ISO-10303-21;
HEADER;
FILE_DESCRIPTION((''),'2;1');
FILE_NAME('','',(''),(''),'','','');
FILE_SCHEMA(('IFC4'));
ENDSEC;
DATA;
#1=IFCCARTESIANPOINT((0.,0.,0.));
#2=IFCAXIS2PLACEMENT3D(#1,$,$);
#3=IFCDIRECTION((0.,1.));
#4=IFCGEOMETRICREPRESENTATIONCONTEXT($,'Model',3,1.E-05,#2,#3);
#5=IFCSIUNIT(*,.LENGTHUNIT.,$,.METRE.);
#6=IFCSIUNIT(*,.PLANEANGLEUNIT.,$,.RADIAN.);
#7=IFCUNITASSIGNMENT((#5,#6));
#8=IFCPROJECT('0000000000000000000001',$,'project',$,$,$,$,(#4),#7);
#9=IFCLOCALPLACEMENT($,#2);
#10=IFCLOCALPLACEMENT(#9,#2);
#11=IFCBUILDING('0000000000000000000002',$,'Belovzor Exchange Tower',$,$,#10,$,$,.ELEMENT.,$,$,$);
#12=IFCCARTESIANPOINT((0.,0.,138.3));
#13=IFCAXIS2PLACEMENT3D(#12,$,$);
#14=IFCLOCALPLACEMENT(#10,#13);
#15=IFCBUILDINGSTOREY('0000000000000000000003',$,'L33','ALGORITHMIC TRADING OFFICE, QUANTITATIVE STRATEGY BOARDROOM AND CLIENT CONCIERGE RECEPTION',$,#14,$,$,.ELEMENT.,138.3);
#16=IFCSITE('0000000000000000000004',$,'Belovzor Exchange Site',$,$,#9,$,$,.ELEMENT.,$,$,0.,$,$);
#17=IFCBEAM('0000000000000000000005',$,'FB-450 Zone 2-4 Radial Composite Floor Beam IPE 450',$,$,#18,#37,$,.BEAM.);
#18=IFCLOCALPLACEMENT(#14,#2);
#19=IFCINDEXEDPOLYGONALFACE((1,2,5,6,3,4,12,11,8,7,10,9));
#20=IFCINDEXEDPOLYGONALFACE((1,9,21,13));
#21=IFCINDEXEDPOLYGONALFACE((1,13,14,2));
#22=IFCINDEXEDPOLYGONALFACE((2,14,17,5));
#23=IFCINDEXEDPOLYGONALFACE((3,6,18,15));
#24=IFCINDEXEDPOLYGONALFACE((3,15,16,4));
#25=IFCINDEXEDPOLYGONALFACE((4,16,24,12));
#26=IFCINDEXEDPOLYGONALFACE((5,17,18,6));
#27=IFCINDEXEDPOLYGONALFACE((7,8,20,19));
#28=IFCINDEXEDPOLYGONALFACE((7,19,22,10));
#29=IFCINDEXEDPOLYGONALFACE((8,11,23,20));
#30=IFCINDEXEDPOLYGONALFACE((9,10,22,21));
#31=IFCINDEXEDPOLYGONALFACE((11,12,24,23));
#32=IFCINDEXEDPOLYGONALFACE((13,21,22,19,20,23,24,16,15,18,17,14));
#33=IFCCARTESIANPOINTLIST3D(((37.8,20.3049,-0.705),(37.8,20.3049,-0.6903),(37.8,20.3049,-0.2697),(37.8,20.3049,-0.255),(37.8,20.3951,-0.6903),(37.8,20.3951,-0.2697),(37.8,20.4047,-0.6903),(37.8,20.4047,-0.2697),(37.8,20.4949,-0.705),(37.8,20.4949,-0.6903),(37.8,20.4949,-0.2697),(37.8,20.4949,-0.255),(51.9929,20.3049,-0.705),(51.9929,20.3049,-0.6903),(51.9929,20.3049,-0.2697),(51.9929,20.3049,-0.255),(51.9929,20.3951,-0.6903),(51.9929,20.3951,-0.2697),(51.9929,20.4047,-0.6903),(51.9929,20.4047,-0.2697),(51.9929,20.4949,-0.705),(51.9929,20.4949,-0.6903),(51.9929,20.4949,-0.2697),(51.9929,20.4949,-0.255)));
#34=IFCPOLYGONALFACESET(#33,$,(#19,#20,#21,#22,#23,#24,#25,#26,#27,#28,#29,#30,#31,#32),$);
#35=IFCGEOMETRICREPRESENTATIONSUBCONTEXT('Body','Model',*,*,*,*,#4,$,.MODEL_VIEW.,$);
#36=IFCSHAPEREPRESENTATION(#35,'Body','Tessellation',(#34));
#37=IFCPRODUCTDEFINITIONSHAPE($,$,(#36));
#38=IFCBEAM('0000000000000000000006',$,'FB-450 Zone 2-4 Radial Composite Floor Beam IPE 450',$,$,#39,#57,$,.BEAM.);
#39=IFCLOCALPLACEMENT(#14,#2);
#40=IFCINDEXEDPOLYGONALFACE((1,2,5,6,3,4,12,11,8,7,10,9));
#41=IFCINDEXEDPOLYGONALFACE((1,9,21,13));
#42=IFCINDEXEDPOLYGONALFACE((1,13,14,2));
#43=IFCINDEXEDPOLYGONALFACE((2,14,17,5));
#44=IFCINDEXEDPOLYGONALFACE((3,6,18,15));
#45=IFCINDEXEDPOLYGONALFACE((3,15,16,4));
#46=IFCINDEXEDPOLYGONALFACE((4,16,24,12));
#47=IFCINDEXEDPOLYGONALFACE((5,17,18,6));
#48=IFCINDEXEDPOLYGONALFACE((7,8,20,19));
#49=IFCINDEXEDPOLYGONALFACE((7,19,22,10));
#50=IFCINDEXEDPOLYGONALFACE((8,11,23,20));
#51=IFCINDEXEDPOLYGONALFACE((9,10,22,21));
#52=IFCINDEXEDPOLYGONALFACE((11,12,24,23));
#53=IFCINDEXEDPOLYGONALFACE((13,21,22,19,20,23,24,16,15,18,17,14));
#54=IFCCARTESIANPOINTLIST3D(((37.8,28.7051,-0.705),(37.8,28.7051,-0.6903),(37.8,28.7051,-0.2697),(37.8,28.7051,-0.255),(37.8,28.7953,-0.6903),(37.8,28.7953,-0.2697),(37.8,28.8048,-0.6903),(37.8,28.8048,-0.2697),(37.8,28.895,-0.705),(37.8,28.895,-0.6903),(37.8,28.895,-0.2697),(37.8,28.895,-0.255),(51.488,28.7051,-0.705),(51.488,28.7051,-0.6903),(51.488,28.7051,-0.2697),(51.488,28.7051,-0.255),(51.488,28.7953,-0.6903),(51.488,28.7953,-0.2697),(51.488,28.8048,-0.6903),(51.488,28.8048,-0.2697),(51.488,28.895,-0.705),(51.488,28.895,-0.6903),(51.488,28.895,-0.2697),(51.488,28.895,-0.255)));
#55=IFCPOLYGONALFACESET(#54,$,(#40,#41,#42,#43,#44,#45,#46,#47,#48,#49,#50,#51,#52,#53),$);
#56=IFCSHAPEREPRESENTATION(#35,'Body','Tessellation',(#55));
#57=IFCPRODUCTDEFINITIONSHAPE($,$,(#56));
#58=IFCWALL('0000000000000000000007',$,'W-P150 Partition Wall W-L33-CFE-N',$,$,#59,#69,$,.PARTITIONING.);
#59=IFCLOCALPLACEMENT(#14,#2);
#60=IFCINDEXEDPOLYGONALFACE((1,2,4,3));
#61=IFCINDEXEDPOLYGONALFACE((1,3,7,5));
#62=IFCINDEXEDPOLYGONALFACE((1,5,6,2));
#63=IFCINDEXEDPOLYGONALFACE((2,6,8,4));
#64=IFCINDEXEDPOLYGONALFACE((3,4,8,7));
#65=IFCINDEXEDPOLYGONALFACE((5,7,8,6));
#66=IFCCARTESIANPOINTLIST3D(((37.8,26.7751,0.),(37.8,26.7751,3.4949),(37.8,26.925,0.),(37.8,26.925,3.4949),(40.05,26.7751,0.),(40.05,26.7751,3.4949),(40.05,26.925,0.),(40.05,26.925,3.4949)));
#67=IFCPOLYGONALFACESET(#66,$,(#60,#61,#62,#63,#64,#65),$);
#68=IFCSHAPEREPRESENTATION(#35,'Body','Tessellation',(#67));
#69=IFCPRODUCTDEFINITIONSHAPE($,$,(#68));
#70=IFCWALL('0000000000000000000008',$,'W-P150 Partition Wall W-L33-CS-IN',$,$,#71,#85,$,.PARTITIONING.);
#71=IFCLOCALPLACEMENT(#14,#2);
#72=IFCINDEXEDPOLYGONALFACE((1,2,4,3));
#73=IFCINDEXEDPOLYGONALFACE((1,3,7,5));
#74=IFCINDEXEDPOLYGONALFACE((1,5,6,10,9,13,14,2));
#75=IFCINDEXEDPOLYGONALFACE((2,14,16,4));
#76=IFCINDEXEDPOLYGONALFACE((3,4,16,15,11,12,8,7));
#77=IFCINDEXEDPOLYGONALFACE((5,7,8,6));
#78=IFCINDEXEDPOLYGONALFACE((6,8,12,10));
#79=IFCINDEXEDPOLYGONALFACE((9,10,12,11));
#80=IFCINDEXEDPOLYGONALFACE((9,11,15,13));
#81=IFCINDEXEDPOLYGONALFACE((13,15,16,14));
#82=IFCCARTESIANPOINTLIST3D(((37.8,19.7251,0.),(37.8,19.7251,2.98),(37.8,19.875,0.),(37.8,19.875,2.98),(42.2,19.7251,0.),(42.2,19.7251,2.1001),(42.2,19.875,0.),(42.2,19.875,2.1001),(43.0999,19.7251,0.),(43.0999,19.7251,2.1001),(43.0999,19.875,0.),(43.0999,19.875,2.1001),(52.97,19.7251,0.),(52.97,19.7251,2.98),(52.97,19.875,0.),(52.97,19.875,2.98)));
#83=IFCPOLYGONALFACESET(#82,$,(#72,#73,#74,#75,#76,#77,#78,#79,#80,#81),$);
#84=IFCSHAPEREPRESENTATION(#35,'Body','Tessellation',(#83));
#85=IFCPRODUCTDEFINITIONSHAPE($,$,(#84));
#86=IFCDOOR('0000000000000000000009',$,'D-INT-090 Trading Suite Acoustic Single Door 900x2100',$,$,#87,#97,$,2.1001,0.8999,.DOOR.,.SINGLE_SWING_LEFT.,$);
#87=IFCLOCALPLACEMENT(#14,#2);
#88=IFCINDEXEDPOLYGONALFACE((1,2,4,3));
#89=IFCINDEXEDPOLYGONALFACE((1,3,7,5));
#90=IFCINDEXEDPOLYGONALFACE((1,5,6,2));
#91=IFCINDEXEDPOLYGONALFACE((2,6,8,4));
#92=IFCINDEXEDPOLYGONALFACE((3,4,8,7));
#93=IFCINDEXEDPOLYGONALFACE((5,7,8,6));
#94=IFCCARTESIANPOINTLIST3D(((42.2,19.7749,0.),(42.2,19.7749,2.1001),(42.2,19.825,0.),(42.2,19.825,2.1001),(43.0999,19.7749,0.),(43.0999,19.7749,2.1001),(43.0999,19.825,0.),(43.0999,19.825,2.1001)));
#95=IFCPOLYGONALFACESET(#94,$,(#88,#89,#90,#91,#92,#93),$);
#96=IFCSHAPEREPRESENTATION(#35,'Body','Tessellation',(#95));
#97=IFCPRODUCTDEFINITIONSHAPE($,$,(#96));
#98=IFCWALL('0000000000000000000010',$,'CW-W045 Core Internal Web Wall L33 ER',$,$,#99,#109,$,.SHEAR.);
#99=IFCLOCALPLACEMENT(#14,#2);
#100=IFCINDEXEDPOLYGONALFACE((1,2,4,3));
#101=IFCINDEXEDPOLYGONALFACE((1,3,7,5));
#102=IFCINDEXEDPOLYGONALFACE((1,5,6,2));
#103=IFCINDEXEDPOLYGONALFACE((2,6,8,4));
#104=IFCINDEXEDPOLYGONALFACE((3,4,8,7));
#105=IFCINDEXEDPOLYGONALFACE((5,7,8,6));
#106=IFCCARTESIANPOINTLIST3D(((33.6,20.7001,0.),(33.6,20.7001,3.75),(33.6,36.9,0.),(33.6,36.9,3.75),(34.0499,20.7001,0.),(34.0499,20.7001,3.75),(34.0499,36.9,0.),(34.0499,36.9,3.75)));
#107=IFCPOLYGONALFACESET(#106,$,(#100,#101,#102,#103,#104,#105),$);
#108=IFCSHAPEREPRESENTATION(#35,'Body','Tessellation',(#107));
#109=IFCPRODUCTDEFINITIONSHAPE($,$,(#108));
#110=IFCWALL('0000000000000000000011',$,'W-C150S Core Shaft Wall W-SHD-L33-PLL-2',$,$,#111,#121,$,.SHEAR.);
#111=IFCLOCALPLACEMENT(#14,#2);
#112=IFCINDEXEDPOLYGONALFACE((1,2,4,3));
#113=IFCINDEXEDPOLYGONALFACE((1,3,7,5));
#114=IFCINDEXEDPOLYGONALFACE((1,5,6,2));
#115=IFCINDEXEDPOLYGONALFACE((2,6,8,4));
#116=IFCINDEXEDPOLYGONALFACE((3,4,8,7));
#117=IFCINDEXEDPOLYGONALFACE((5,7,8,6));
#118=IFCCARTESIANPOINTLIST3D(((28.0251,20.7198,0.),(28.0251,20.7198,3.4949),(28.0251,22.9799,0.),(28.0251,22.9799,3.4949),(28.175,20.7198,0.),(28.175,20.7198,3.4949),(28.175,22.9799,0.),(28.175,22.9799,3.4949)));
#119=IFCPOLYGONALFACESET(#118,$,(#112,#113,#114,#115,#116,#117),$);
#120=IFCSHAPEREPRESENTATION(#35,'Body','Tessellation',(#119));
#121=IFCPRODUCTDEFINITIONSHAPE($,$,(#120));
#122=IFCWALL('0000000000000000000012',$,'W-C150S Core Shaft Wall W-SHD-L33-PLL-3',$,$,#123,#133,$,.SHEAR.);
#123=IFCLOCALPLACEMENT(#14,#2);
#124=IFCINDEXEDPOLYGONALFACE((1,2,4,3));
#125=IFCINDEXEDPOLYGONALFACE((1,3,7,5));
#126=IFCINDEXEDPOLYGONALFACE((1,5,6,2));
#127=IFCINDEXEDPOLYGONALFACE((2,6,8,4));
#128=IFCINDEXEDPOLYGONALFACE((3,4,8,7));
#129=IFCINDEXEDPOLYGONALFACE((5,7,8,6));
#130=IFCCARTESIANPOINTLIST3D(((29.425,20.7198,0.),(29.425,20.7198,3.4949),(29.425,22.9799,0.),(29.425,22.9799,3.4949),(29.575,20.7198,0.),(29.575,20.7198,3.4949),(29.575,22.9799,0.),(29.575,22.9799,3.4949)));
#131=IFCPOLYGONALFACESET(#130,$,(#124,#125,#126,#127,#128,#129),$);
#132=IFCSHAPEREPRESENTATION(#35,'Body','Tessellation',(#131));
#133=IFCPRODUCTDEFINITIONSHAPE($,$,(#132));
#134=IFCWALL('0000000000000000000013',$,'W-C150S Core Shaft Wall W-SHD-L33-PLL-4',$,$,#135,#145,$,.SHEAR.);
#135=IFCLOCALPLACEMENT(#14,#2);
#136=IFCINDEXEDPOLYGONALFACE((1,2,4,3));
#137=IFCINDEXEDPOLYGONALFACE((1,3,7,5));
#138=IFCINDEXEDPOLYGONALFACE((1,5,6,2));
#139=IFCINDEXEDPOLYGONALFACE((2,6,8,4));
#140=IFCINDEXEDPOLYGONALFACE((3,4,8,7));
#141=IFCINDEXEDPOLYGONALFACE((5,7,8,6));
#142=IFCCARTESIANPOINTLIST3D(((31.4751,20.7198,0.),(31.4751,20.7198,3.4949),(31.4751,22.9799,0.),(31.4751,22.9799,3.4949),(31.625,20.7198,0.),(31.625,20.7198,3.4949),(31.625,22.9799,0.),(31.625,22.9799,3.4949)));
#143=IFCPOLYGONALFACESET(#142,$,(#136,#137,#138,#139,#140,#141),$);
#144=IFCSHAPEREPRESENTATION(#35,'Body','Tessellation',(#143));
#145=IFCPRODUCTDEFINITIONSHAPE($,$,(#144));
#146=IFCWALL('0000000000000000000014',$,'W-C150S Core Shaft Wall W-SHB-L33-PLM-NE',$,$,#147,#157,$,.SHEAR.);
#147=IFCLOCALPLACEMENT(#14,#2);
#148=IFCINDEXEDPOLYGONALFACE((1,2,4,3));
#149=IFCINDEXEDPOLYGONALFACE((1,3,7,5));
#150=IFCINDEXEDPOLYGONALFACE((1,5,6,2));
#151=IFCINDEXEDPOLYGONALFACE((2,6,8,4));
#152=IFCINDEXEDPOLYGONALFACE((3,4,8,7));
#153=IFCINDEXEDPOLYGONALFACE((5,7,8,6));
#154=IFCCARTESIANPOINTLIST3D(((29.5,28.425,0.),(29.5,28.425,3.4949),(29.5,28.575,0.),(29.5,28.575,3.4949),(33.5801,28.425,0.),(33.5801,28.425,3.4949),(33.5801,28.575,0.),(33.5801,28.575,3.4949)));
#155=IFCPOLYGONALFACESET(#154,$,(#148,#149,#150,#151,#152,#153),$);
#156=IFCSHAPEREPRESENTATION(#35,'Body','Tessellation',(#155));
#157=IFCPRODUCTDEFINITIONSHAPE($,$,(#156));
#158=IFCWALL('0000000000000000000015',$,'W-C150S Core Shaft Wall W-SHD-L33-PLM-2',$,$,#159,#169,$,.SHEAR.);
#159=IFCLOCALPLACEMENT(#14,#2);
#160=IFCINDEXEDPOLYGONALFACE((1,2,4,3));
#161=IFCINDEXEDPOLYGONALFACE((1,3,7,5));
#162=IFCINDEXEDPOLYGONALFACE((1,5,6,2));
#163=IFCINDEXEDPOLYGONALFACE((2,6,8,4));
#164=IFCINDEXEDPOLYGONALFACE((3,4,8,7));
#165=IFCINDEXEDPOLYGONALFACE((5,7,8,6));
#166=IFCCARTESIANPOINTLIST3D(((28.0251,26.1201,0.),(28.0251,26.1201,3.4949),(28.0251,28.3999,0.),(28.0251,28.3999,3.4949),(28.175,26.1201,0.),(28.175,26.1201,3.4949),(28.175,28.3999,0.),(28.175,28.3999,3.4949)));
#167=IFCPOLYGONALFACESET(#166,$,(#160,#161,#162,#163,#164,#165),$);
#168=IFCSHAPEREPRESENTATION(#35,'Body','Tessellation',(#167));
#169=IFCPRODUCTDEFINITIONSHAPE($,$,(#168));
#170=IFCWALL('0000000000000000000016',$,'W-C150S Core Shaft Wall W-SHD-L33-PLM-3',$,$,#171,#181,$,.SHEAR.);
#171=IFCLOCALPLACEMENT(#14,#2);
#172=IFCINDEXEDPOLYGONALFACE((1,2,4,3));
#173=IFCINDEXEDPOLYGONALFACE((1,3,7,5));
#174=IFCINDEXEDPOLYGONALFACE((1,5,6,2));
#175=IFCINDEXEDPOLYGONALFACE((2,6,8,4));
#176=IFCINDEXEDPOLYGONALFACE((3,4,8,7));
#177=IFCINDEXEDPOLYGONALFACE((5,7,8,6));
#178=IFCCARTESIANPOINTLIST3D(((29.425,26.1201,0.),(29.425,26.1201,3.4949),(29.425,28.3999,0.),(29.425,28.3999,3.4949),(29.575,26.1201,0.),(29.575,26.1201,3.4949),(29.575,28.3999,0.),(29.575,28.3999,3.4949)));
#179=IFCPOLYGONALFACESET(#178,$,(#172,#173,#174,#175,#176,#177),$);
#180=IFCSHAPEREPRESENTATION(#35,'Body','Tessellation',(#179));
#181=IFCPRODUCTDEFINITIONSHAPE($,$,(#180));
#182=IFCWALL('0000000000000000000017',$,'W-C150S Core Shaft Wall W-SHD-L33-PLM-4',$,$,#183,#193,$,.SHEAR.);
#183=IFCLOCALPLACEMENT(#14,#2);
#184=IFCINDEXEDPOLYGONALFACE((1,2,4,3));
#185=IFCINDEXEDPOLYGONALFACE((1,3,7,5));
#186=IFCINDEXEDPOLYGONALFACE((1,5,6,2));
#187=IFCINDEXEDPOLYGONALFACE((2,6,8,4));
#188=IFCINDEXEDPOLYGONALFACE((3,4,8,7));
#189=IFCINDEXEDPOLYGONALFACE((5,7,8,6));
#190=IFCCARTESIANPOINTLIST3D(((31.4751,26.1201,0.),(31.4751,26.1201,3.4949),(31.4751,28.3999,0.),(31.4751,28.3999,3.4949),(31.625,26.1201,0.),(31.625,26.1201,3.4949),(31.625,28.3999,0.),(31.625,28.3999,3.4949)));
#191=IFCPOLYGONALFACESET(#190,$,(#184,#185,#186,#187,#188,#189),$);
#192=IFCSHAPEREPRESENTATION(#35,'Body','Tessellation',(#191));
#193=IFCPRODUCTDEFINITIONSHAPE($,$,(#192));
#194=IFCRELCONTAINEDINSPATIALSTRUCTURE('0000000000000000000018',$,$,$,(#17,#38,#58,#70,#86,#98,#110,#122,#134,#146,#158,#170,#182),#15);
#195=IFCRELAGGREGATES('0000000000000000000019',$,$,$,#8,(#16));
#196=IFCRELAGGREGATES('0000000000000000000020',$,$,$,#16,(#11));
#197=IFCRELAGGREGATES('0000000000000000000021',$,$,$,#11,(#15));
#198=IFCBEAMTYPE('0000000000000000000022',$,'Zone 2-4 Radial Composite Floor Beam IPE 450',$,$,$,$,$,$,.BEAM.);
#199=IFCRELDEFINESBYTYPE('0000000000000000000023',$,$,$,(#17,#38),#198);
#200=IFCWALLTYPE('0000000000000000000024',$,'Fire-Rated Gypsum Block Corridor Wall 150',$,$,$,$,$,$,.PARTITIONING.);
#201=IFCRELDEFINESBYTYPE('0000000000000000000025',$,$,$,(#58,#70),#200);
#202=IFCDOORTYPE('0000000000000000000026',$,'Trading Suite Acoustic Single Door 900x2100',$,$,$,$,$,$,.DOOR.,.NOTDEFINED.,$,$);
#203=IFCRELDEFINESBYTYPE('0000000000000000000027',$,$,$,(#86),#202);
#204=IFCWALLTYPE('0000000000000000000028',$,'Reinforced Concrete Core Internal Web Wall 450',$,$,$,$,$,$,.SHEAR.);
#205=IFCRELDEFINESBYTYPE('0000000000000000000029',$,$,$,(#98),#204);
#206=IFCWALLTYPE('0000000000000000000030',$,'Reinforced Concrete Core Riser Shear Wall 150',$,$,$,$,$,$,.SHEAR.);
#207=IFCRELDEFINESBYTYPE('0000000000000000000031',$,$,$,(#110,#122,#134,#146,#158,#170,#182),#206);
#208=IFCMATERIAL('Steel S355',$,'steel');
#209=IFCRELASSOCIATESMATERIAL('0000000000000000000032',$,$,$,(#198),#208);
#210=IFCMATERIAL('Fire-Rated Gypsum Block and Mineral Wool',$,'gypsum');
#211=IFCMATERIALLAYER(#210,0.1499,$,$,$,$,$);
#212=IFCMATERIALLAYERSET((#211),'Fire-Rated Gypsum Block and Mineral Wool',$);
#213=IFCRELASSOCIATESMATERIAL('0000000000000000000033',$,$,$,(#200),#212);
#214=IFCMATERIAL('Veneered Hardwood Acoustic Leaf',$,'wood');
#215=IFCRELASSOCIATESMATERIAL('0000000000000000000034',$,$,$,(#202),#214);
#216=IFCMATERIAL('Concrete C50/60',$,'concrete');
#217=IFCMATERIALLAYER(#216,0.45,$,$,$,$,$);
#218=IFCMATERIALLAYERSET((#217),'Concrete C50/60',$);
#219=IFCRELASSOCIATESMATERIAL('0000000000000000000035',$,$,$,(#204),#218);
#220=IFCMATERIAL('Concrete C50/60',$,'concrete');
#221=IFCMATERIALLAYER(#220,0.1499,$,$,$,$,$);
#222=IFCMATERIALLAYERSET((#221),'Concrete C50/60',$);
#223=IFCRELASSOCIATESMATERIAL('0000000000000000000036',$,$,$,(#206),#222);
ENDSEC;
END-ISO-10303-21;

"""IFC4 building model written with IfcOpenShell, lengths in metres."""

from ifc_helpers import new_model, si_unit, direction, frame, frame_2d, origin, origin_2d, place, context, subcontext, project, spatial, rectangle, i_section, extrude, material, layer, layer_set, material_profile, profile_set, type_object, element, fill, save


model = new_model("IFC4")

# Units and contexts
model_context = context("Model", 3, precision=1e-05, world=origin(), true_north=direction((0.0, 1.0)))
body_context = subcontext(model_context, "Body", "Model", "MODEL_VIEW")
ifc_project = project(units=[si_unit("LENGTHUNIT", "METRE"), si_unit("PLANEANGLEUNIT", "RADIAN")], contexts=[model_context])

# Site, building, storey
site_placement = place(None, origin())
site = spatial("IfcSite", under=ifc_project, at=site_placement, Name="Belovzor Exchange Site", CompositionType="ELEMENT", RefElevation=0.0)
building_placement = place(site_placement, origin())
building = spatial("IfcBuilding", under=site, at=building_placement, Name="Belovzor Exchange Tower", CompositionType="ELEMENT")
storey_placement = place(building_placement, frame((0.0, 0.0, 138.3)))
storey = spatial("IfcBuildingStorey", under=building, at=storey_placement, Name="L33", Description="ALGORITHMIC TRADING OFFICE, QUANTITATIVE STRATEGY BOARDROOM AND CLIENT CONCIERGE RECEPTION", CompositionType="ELEMENT", Elevation=138.3)

# Beams
ifc_material_1 = material(Name="Steel S355", Category="steel")
ifc_material_profile = material_profile(ifc_material_1, i_section(OverallWidth=0.1899, OverallDepth=0.45, WebThickness=0.0095, FlangeThickness=0.0146, at=origin_2d()))
ifc_profile_set = profile_set([ifc_material_profile], Name="Steel S355")
beam_type = type_object("IfcBeamType", Name="Zone 2-4 Radial Composite Floor Beam IPE 450", PredefinedType="BEAM", material=ifc_profile_set)
beam_1_placement = place(storey_placement, frame((37.8, 20.3999, -0.48), z_axis=(1.0, 0.0, 0.0), x_axis=(0.0, 1.0, 0.0)))
element("IfcBeam", 1, at=beam_1_placement, inside=storey, type_object=beam_type, Name="FB-450 Zone 2-4 Radial Composite Floor Beam IPE 450", PredefinedType="BEAM", context=body_context, shape_type="SweptSolid", body=[
    extrude(i_section(OverallWidth=0.1899, OverallDepth=0.45, WebThickness=0.0095, FlangeThickness=0.0146, at=origin_2d()), origin(), (0.0, 0.0, 1.0), 14.1929),
])
beam_2_placement = place(storey_placement, frame((37.8, 28.8, -0.48), z_axis=(1.0, 0.0, 0.0), x_axis=(0.0, 1.0, 0.0)))
element("IfcBeam", 2, at=beam_2_placement, inside=storey, type_object=beam_type, Name="FB-450 Zone 2-4 Radial Composite Floor Beam IPE 450", PredefinedType="BEAM", context=body_context, shape_type="SweptSolid", body=[
    extrude(i_section(OverallWidth=0.1899, OverallDepth=0.45, WebThickness=0.0095, FlangeThickness=0.0146, at=origin_2d()), origin(), (0.0, 0.0, 1.0), 13.688),
])

# Wall
ifc_material_2 = material(Name="Fire-Rated Gypsum Block and Mineral Wool", Category="gypsum")
ifc_layer_1 = layer(ifc_material_2, 0.1499)
ifc_layer_set_1 = layer_set([ifc_layer_1], Name="Fire-Rated Gypsum Block and Mineral Wool")
wall_type_1 = type_object("IfcWallType", Name="Fire-Rated Gypsum Block Corridor Wall 150", PredefinedType="PARTITIONING", material=ifc_layer_set_1)
wall_1_placement = place(storey_placement, frame((37.8, 26.8501, 0.0), z_axis=(0.0, 0.0, 1.0), x_axis=(1.0, 0.0, 0.0)))
element("IfcWall", 3, at=wall_1_placement, inside=storey, type_object=wall_type_1, Name="W-P150 Partition Wall W-L33-CFE-N", PredefinedType="PARTITIONING", context=body_context, shape_type="SweptSolid", body=[
    extrude(rectangle(XDim=2.25, YDim=0.1499, at=frame_2d((1.125, 0.0))), origin(), (0.0, 0.0, 1.0), 3.4949),
])

# Wall, opening, door
wall_2_placement = place(storey_placement, frame((37.8, 19.8, 0.0), z_axis=(0.0, 0.0, 1.0), x_axis=(1.0, 0.0, 0.0)))
wall_2 = element("IfcWall", 4, at=wall_2_placement, inside=storey, type_object=wall_type_1, Name="W-P150 Partition Wall W-L33-CS-IN", PredefinedType="PARTITIONING", context=body_context, shape_type="SweptSolid", body=[
    extrude(rectangle(XDim=15.1699, YDim=0.1499, at=frame_2d((7.585, 0.0))), origin(), (0.0, 0.0, 1.0), 2.98),
])
opening_1_placement = place(wall_2_placement, frame((4.3999, 0.0, 0.0)))
opening_1 = element("IfcOpeningElement", 5, at=opening_1_placement, cuts=wall_2, PredefinedType="OPENING", context=body_context, shape_type="SweptSolid", body=[
    extrude(rectangle(XDim=0.8999, YDim=2.1001, at=frame_2d((0.45, 1.05))), frame((0.0, 0.085, 0.0), z_axis=(0.0, -1.0, 0.0), x_axis=(1.0, 0.0, 0.0)), (0.0, 0.0, 1.0), 0.1699),
])
ifc_material_3 = material(Name="Veneered Hardwood Acoustic Leaf", Category="wood")
door_type_1 = type_object("IfcDoorType", Name="Trading Suite Acoustic Single Door 900x2100", OperationType="NOTDEFINED", PredefinedType="DOOR", material=ifc_material_3)
door_1_placement = place(opening_1_placement, origin())
door_1 = element("IfcDoor", 6, at=door_1_placement, inside=storey, type_object=door_type_1, Name="D-INT-090 Trading Suite Acoustic Single Door 900x2100", OperationType="SINGLE_SWING_LEFT", OverallHeight=2.1001, OverallWidth=0.8999, PredefinedType="DOOR", context=body_context, shape_type="SweptSolid", body=[
    extrude(rectangle(XDim=0.8999, YDim=2.1001, at=frame_2d((0.45, 1.05))), frame((0.0, 0.0249, 0.0), z_axis=(0.0, -1.0, 0.0), x_axis=(1.0, 0.0, 0.0)), (0.0, 0.0, 1.0), 0.05),
])
fill(opening_1, door_1)

# Walls
ifc_material_4 = material(Name="Concrete C50/60", Category="concrete")
ifc_layer_2 = layer(ifc_material_4, 0.45)
ifc_layer_set_2 = layer_set([ifc_layer_2], Name="Concrete C50/60")
wall_type_2 = type_object("IfcWallType", Name="Reinforced Concrete Core Internal Web Wall 450", PredefinedType="SHEAR", material=ifc_layer_set_2)
wall_3_placement = place(storey_placement, frame((33.825, 20.7, 0.0), z_axis=(0.0, 0.0, 1.0), x_axis=(0.0, 1.0, 0.0)))
element("IfcWall", 7, at=wall_3_placement, inside=storey, type_object=wall_type_2, Name="CW-W045 Core Internal Web Wall L33 ER", PredefinedType="SHEAR", context=body_context, shape_type="SweptSolid", body=[
    extrude(rectangle(XDim=16.2, YDim=0.45, at=frame_2d((8.1001, 0.0))), origin(), (0.0, 0.0, 1.0), 3.75),
])
ifc_material_5 = material(Name="Concrete C50/60", Category="concrete")
ifc_layer_3 = layer(ifc_material_5, 0.1499)
ifc_layer_set_3 = layer_set([ifc_layer_3], Name="Concrete C50/60")
wall_type_3 = type_object("IfcWallType", Name="Reinforced Concrete Core Riser Shear Wall 150", PredefinedType="SHEAR", material=ifc_layer_set_3)
for number, where, z_axis, x_axis, name in (
    (8, (28.1001, 20.72, 0.0), (0.0, 0.0, 1.0), (0.0, 1.0, 0.0), "W-C150S Core Shaft Wall W-SHD-L33-PLL-2"),
    (9, (29.5, 20.72, 0.0), (0.0, 0.0, 1.0), (0.0, 1.0, 0.0), "W-C150S Core Shaft Wall W-SHD-L33-PLL-3"),
    (10, (31.55, 20.72, 0.0), (0.0, 0.0, 1.0), (0.0, 1.0, 0.0), "W-C150S Core Shaft Wall W-SHD-L33-PLL-4"),
):
    element("IfcWall", number, at=place(storey_placement, frame(where, z_axis=z_axis, x_axis=x_axis)), inside=storey, type_object=wall_type_3, Name=name, PredefinedType="SHEAR", context=body_context, shape_type="SweptSolid", body=[
        extrude(rectangle(XDim=2.26, YDim=0.1499, at=frame_2d((1.1299, 0.0))), origin(), (0.0, 0.0, 1.0), 3.4949),
    ])
wall_4_placement = place(storey_placement, frame((29.5, 28.5, 0.0), z_axis=(0.0, 0.0, 1.0), x_axis=(1.0, 0.0, 0.0)))
element("IfcWall", 11, at=wall_4_placement, inside=storey, type_object=wall_type_3, Name="W-C150S Core Shaft Wall W-SHB-L33-PLM-NE", PredefinedType="SHEAR", context=body_context, shape_type="SweptSolid", body=[
    extrude(rectangle(XDim=4.0801, YDim=0.1499, at=frame_2d((2.04, 0.0))), origin(), (0.0, 0.0, 1.0), 3.4949),
])
for number, where, z_axis, x_axis, name in (
    (12, (28.1001, 26.1201, 0.0), (0.0, 0.0, 1.0), (0.0, 1.0, 0.0), "W-C150S Core Shaft Wall W-SHD-L33-PLM-2"),
    (13, (29.5, 26.1201, 0.0), (0.0, 0.0, 1.0), (0.0, 1.0, 0.0), "W-C150S Core Shaft Wall W-SHD-L33-PLM-3"),
    (14, (31.55, 26.1201, 0.0), (0.0, 0.0, 1.0), (0.0, 1.0, 0.0), "W-C150S Core Shaft Wall W-SHD-L33-PLM-4"),
):
    element("IfcWall", number, at=place(storey_placement, frame(where, z_axis=z_axis, x_axis=x_axis)), inside=storey, type_object=wall_type_3, Name=name, PredefinedType="SHEAR", context=body_context, shape_type="SweptSolid", body=[
        extrude(rectangle(XDim=2.2798, YDim=0.1499, at=frame_2d((1.1399, 0.0))), origin(), (0.0, 0.0, 1.0), 3.4949),
    ])

save(model, "model.ifc")
